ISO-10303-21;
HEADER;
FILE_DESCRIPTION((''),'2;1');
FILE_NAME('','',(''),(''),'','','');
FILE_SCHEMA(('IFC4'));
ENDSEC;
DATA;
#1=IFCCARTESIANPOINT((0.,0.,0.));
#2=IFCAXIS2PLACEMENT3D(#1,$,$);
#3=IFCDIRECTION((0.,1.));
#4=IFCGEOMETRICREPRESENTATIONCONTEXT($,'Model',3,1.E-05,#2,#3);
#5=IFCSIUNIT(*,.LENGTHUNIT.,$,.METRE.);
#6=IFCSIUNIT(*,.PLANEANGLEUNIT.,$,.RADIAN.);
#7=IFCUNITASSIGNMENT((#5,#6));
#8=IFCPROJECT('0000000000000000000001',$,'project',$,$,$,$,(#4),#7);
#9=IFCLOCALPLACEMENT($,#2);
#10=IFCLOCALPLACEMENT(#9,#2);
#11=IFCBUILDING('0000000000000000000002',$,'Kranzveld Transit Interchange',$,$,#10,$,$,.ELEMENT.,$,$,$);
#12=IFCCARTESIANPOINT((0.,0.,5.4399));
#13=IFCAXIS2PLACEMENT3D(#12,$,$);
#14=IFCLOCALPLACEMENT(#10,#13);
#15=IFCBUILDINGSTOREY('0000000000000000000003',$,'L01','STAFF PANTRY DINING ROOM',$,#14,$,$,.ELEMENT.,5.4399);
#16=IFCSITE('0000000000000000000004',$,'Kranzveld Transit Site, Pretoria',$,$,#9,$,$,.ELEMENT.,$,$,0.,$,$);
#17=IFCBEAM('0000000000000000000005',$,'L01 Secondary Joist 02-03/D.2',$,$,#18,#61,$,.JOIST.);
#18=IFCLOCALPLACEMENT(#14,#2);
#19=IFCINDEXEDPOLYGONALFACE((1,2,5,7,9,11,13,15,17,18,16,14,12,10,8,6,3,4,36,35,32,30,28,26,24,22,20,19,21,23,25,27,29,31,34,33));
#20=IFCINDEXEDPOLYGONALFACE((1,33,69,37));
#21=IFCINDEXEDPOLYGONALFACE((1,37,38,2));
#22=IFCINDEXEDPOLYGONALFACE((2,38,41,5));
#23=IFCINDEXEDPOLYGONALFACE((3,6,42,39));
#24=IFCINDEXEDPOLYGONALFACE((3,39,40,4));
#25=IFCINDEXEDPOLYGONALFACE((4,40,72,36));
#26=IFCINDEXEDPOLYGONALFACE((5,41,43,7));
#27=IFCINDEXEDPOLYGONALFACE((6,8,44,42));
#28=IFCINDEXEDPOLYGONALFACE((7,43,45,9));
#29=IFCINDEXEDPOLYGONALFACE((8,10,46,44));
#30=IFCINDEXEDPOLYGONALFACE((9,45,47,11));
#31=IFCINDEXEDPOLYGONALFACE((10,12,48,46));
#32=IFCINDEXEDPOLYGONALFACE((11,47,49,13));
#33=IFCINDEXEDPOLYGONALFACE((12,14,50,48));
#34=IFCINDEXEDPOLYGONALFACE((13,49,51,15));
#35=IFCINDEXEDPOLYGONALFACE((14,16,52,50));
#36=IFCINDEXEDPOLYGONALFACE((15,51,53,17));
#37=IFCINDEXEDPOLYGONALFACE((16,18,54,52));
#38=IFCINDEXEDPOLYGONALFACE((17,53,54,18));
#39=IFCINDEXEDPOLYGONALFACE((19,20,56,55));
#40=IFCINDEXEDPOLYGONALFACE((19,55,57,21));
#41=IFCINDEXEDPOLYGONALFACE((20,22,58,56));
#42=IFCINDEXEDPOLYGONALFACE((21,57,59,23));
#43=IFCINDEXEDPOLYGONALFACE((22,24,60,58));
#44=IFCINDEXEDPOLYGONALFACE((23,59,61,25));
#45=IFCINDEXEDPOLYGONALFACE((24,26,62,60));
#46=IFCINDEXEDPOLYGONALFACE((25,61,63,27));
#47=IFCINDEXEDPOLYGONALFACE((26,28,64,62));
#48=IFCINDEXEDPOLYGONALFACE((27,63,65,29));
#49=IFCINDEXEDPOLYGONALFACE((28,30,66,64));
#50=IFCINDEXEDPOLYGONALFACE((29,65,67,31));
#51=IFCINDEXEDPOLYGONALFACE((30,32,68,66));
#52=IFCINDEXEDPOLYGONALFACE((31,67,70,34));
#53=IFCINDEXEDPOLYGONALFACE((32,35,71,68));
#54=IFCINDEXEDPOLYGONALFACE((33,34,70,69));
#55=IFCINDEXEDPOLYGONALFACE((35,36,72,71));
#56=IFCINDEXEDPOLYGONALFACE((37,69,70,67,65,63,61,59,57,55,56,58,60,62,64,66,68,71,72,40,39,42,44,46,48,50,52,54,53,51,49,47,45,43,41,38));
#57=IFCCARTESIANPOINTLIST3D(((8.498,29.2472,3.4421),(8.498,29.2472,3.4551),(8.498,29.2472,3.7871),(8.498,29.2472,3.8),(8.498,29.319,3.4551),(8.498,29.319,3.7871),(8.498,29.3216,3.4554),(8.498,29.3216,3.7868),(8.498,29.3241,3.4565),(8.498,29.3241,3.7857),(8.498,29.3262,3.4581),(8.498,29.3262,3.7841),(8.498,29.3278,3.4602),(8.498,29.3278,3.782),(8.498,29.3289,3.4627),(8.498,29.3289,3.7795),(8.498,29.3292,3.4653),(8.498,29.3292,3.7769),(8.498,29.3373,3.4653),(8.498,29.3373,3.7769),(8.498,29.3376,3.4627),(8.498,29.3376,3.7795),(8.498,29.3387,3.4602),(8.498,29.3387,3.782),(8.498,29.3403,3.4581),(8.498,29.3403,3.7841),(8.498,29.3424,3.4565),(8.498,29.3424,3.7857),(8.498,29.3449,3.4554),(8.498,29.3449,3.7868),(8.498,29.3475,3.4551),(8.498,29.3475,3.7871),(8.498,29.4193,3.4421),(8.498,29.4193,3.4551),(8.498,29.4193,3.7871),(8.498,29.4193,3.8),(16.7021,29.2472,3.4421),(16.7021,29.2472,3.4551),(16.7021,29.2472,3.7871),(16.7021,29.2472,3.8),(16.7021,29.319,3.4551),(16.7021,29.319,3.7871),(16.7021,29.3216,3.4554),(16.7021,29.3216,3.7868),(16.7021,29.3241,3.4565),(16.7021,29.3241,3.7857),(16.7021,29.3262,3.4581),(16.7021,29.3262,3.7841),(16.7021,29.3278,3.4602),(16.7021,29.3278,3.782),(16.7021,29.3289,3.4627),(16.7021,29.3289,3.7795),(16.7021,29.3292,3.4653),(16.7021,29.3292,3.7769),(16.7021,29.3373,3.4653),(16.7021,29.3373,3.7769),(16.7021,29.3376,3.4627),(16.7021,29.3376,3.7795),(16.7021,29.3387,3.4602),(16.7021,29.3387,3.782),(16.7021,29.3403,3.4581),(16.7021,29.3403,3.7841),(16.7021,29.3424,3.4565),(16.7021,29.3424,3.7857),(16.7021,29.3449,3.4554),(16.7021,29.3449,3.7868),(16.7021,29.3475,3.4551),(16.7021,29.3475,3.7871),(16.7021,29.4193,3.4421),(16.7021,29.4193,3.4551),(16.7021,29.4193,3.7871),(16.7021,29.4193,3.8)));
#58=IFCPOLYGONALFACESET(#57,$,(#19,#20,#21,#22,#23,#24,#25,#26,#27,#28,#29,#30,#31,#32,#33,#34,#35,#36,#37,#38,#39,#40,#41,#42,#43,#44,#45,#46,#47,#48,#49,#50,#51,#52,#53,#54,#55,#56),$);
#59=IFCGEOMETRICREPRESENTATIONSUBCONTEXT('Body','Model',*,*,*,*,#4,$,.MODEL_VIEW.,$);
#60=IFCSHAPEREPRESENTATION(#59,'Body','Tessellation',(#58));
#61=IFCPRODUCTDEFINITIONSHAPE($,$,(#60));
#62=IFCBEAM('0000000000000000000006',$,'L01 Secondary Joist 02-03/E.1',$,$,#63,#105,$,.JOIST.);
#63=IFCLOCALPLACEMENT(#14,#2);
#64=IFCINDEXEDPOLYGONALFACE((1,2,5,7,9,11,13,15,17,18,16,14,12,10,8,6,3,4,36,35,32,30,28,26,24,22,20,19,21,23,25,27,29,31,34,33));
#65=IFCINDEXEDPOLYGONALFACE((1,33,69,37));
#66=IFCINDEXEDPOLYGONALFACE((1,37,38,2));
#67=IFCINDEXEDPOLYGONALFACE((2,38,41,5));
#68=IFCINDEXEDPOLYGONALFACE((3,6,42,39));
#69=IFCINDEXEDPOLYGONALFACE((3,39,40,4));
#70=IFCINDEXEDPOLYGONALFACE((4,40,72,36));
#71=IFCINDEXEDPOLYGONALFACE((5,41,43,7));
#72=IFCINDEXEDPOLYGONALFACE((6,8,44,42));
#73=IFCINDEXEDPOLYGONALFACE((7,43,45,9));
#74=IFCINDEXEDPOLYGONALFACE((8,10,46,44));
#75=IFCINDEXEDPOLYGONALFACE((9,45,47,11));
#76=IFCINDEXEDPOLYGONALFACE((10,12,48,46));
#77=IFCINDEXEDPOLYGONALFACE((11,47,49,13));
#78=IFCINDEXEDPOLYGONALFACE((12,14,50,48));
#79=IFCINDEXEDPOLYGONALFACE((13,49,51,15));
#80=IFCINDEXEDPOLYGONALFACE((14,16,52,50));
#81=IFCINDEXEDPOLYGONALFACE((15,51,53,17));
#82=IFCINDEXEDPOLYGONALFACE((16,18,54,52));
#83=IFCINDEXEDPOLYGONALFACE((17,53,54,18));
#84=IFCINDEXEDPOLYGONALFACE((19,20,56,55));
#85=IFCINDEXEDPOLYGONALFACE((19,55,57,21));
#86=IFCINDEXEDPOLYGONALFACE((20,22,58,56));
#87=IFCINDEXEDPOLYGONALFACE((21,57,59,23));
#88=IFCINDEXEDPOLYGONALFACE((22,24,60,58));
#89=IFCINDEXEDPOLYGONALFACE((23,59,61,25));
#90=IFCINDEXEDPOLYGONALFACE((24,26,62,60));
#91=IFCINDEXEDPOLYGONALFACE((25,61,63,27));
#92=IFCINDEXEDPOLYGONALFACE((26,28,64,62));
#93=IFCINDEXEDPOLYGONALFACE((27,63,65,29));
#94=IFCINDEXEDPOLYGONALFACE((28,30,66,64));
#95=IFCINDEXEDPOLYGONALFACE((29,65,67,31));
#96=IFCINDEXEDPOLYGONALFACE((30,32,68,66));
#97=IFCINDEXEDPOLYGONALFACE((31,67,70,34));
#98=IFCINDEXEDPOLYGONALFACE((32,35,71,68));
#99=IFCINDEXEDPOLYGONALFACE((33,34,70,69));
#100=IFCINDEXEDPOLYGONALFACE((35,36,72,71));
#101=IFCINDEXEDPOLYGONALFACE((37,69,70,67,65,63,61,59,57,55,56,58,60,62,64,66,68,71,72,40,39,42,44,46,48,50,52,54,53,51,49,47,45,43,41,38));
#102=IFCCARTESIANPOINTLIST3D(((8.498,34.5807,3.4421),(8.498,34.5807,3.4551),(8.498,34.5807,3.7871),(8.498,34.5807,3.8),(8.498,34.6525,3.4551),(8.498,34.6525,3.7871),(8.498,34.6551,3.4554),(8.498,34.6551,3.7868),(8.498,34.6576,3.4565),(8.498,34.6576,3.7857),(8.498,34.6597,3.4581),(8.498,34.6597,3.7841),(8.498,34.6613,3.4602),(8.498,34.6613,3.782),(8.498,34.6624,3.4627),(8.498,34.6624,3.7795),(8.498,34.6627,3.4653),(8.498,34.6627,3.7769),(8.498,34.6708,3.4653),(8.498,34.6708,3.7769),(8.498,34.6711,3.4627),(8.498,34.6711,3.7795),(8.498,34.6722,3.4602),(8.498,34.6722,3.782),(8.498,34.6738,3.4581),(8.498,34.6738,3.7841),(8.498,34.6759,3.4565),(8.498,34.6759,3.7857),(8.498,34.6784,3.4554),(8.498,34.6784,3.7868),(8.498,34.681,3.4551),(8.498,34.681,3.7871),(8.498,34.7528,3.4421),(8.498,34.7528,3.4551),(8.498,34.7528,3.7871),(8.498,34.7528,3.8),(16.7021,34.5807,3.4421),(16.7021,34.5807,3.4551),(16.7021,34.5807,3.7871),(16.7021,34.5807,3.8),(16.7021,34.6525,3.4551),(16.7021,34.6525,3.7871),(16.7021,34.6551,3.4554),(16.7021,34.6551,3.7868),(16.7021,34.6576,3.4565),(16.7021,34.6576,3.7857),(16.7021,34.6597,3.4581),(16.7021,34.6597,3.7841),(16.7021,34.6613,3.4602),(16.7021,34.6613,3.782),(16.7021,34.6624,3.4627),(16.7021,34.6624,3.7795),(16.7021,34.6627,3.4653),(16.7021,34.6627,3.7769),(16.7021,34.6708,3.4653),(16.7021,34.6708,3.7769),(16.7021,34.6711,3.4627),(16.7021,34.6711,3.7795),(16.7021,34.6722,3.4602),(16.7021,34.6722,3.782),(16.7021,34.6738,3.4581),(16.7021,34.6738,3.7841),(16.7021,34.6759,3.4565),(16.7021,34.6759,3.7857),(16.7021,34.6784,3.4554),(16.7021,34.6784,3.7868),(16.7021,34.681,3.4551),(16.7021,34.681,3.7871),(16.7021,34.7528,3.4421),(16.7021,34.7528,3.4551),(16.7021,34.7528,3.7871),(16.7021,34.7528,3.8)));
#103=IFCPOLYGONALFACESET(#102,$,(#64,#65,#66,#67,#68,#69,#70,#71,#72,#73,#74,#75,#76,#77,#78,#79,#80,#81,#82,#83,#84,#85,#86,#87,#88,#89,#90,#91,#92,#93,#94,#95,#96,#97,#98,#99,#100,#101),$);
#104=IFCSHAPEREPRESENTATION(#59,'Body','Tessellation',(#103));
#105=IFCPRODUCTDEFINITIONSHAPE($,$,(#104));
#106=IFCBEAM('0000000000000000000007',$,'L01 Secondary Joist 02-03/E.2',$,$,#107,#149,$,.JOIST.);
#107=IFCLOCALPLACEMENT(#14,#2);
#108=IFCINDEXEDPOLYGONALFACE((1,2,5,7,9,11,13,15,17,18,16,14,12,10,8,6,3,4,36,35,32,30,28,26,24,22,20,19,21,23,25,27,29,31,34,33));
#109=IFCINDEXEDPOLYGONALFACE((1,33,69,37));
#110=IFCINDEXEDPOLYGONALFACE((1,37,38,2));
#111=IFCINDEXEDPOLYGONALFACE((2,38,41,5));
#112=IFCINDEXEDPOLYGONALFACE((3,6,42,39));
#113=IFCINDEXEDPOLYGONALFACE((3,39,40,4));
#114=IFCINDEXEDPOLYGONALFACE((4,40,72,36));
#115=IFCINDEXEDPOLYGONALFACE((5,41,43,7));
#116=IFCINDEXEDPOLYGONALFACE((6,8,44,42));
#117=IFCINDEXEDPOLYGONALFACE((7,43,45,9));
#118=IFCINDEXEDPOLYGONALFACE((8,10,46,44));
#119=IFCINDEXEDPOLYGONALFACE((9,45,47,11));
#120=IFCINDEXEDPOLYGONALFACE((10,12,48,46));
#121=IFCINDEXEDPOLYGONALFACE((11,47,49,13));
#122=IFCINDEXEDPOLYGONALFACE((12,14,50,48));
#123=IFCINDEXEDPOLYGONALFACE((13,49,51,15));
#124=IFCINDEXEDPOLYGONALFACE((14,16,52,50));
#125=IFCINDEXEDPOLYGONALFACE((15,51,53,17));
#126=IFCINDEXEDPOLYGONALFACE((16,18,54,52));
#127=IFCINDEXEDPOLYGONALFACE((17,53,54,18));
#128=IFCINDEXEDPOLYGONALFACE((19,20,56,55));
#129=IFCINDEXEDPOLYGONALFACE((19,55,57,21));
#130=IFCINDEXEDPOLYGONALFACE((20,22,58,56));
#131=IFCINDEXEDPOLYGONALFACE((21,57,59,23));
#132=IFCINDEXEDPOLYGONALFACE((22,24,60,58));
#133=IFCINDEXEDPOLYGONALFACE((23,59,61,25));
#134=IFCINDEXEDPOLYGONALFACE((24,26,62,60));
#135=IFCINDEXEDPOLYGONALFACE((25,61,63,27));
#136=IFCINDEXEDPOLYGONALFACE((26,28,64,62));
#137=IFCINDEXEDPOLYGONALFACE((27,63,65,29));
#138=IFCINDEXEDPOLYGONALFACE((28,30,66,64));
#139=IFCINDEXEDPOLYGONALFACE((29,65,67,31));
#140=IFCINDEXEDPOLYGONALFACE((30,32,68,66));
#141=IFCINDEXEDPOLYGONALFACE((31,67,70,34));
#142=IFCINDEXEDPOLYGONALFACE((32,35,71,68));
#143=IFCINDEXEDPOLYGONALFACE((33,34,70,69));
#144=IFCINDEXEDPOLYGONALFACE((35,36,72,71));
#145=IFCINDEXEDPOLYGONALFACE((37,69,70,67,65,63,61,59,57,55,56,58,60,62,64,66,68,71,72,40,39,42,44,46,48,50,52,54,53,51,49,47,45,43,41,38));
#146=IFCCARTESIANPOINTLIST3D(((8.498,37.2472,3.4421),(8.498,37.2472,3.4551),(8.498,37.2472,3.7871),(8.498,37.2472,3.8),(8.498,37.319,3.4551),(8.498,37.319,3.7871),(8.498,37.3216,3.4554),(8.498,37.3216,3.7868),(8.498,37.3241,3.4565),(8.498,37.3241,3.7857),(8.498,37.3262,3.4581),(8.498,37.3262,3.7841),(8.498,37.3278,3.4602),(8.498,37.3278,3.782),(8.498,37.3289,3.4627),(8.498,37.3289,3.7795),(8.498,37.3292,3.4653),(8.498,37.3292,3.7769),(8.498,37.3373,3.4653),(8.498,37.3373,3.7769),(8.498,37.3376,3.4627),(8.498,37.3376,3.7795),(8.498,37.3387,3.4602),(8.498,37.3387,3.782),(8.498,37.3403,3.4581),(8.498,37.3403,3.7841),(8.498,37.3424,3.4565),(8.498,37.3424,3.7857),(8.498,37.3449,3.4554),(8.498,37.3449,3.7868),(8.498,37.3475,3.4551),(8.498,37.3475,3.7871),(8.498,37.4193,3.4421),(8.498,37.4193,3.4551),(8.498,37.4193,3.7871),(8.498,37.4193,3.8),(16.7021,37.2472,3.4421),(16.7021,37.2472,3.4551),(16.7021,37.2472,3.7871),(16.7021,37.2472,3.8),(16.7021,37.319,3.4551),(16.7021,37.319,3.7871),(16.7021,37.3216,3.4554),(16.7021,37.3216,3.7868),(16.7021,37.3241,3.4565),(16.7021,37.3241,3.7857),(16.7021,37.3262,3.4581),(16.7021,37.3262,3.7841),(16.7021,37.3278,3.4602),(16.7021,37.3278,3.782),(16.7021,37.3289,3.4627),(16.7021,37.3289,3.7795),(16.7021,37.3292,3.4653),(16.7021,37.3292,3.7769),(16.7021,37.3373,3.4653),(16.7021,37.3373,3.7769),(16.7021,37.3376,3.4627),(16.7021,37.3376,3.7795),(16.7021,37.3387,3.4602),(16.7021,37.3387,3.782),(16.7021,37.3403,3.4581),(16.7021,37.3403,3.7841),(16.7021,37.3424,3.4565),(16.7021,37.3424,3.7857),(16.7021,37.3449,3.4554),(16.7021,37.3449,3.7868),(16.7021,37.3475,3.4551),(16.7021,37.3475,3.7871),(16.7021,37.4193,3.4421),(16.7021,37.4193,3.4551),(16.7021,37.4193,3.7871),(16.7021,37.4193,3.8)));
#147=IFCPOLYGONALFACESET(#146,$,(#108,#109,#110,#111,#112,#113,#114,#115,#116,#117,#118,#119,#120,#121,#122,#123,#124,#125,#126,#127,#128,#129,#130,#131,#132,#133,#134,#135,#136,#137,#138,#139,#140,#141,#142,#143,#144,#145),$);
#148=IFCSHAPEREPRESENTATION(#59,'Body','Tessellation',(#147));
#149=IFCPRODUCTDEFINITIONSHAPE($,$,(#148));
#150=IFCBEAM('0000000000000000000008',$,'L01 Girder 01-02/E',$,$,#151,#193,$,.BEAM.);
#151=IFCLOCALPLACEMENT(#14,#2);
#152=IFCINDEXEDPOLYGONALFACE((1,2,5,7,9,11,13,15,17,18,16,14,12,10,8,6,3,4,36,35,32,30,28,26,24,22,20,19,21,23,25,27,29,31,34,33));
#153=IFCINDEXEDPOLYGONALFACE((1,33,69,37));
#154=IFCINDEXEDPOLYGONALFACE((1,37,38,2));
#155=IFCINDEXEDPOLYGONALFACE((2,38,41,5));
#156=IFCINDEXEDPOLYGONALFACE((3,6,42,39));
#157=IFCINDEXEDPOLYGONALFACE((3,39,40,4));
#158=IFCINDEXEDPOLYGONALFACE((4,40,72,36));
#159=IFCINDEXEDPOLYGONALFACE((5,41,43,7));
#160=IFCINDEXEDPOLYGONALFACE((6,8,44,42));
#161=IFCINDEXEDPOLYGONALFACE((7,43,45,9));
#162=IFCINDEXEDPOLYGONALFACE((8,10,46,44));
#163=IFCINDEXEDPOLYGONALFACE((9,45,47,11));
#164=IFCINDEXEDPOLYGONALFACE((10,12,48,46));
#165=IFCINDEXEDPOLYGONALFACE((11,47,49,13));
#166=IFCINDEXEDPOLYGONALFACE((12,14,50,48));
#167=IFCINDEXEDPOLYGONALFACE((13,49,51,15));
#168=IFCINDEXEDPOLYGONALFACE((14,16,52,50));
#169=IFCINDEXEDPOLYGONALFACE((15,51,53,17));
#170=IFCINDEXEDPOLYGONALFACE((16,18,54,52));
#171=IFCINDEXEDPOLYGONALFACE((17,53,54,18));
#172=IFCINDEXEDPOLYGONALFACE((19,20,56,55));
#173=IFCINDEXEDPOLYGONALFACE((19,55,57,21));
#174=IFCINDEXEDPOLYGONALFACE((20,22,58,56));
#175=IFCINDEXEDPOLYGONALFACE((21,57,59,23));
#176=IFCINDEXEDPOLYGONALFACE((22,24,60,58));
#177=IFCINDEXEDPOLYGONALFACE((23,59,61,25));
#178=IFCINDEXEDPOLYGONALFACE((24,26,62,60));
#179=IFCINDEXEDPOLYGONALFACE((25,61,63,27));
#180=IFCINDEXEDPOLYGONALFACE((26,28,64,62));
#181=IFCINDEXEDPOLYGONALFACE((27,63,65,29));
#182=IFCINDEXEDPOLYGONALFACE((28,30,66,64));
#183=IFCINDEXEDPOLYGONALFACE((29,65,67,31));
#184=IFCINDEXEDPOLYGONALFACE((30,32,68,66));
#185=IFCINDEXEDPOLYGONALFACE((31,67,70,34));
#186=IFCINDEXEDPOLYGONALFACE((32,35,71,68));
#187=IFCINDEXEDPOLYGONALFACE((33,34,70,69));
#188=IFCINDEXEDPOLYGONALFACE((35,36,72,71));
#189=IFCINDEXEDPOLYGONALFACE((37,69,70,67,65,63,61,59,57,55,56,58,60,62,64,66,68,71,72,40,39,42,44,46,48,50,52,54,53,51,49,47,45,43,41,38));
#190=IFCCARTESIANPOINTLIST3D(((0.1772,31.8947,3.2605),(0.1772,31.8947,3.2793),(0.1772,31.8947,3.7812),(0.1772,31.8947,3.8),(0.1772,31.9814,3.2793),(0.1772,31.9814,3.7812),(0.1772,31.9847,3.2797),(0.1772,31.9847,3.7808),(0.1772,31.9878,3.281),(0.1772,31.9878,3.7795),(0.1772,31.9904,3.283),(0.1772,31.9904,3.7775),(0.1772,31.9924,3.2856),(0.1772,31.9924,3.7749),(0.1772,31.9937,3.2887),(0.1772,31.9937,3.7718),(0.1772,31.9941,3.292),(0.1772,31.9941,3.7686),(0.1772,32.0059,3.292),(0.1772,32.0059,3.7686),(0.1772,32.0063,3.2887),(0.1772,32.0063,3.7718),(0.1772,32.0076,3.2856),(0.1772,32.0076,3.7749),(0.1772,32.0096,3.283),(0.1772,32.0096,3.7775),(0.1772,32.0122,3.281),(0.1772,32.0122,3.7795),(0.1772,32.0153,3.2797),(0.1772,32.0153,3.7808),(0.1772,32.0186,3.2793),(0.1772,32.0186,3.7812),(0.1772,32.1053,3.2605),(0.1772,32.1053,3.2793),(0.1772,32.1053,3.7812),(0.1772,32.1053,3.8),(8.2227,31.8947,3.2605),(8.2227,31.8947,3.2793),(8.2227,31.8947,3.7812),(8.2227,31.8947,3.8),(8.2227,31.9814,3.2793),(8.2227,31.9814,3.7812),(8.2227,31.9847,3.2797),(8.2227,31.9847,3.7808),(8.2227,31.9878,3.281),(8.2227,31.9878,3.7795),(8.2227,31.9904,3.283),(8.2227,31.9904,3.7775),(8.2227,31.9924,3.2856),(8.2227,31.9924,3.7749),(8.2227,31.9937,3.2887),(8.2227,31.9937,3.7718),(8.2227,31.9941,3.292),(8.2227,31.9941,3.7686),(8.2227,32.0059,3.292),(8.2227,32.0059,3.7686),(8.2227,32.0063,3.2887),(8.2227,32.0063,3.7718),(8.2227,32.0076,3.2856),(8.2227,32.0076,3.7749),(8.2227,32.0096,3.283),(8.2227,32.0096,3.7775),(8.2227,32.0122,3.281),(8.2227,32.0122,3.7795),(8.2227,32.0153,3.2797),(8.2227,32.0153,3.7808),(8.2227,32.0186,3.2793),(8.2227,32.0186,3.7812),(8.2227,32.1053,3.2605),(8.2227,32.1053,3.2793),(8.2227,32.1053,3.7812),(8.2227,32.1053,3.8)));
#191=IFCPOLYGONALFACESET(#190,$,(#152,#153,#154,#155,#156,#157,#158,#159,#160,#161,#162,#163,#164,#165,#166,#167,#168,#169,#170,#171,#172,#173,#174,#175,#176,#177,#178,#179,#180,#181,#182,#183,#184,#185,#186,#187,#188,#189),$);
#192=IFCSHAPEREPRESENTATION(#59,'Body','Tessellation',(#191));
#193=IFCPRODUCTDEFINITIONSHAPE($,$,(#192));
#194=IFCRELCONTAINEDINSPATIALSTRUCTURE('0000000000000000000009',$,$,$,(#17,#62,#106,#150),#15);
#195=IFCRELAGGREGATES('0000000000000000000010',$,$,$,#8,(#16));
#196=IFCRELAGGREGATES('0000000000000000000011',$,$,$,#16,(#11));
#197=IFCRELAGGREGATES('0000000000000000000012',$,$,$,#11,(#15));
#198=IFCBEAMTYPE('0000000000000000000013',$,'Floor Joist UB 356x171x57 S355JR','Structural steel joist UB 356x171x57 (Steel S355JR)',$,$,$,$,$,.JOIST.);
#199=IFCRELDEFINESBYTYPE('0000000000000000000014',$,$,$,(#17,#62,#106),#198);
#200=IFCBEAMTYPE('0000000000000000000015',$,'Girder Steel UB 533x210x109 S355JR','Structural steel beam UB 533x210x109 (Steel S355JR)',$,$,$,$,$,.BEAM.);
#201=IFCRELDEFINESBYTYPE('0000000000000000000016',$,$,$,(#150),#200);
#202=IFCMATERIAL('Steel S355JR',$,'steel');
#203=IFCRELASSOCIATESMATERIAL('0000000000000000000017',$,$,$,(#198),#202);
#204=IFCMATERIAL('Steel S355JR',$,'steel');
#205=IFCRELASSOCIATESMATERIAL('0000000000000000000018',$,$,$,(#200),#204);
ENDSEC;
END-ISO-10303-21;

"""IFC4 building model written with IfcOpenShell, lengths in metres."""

from ifc_helpers import new_model, si_unit, direction, frame, origin, origin_2d, place, context, subcontext, project, spatial, i_section, extrude, material, material_profile, profile_set, type_object, element, save


model = new_model("IFC4")

# Units and contexts
model_context = context("Model", 3, precision=1e-05, world=origin(), true_north=direction((0.0, 1.0)))
body_context = subcontext(model_context, "Body", "Model", "MODEL_VIEW")
ifc_project = project(units=[si_unit("LENGTHUNIT", "METRE"), si_unit("PLANEANGLEUNIT", "RADIAN")], contexts=[model_context])

# Site, building, storey
site_placement = place(None, origin())
site = spatial("IfcSite", under=ifc_project, at=site_placement, Name="Kranzveld Transit Site, Pretoria", CompositionType="ELEMENT", RefElevation=0.0)
building_placement = place(site_placement, origin())
building = spatial("IfcBuilding", under=site, at=building_placement, Name="Kranzveld Transit Interchange", CompositionType="ELEMENT")
storey_placement = place(building_placement, frame((0.0, 0.0, 5.4399)))
storey = spatial("IfcBuildingStorey", under=building, at=storey_placement, Name="L01", Description="STAFF PANTRY DINING ROOM", CompositionType="ELEMENT", Elevation=5.4399)

# Beams
ifc_material_1 = material(Name="Steel S355JR", Category="steel")
ifc_material_profile_1 = material_profile(ifc_material_1, i_section(OverallWidth=0.1721, OverallDepth=0.3579, WebThickness=0.0081, FlangeThickness=0.0129, FilletRadius=0.0103, at=origin_2d()), Name="UB 356x171x57")
ifc_profile_set_1 = profile_set([ifc_material_profile_1], Name="Steel S355JR")
beam_type_1 = type_object("IfcBeamType", Name="Floor Joist UB 356x171x57 S355JR", Description="Structural steel joist UB 356x171x57 (Steel S355JR)", PredefinedType="JOIST", material=ifc_profile_set_1)
for number, where, z_axis, x_axis, name in (
    (1, (8.498, 29.3333, 3.6211), (1.0, 0.0, 0.0), (0.0, 1.0, 0.0), "L01 Secondary Joist 02-03/D.2"),
    (2, (8.498, 34.6667, 3.6211), (1.0, 0.0, 0.0), (0.0, 1.0, 0.0), "L01 Secondary Joist 02-03/E.1"),
    (3, (8.498, 37.3333, 3.6211), (1.0, 0.0, 0.0), (0.0, 1.0, 0.0), "L01 Secondary Joist 02-03/E.2"),
):
    element("IfcBeam", number, at=place(storey_placement, frame(where, z_axis=z_axis, x_axis=x_axis)), inside=storey, type_object=beam_type_1, Name=name, PredefinedType="JOIST", context=body_context, shape_type="SweptSolid", body=[
        extrude(i_section(OverallWidth=0.1721, OverallDepth=0.3579, WebThickness=0.0081, FlangeThickness=0.0129, FilletRadius=0.0103, at=origin_2d()), origin(), (0.0, 0.0, 1.0), 8.2041),
    ])
ifc_material_2 = material(Name="Steel S355JR", Category="steel")
ifc_material_profile_2 = material_profile(ifc_material_2, i_section(OverallWidth=0.2107, OverallDepth=0.5396, WebThickness=0.0117, FlangeThickness=0.0188, FilletRadius=0.0127, at=origin_2d()), Name="UB 533x210x109")
ifc_profile_set_2 = profile_set([ifc_material_profile_2], Name="Steel S355JR")
beam_type_2 = type_object("IfcBeamType", Name="Girder Steel UB 533x210x109 S355JR", Description="Structural steel beam UB 533x210x109 (Steel S355JR)", PredefinedType="BEAM", material=ifc_profile_set_2)
for number, where, z_axis, x_axis, name in (
    (4, (0.1772, 32.0, 3.5303), (1.0, 0.0, 0.0), (0.0, 1.0, 0.0), "L01 Girder 01-02/E"),
):
    element("IfcBeam", number, at=place(storey_placement, frame(where, z_axis=z_axis, x_axis=x_axis)), inside=storey, type_object=beam_type_2, Name=name, PredefinedType="BEAM", context=body_context, shape_type="SweptSolid", body=[
        extrude(i_section(OverallWidth=0.2107, OverallDepth=0.5396, WebThickness=0.0117, FlangeThickness=0.0188, FilletRadius=0.0127, at=origin_2d()), origin(), (0.0, 0.0, 1.0), 8.0454),
    ])

save(model, "model.ifc")
